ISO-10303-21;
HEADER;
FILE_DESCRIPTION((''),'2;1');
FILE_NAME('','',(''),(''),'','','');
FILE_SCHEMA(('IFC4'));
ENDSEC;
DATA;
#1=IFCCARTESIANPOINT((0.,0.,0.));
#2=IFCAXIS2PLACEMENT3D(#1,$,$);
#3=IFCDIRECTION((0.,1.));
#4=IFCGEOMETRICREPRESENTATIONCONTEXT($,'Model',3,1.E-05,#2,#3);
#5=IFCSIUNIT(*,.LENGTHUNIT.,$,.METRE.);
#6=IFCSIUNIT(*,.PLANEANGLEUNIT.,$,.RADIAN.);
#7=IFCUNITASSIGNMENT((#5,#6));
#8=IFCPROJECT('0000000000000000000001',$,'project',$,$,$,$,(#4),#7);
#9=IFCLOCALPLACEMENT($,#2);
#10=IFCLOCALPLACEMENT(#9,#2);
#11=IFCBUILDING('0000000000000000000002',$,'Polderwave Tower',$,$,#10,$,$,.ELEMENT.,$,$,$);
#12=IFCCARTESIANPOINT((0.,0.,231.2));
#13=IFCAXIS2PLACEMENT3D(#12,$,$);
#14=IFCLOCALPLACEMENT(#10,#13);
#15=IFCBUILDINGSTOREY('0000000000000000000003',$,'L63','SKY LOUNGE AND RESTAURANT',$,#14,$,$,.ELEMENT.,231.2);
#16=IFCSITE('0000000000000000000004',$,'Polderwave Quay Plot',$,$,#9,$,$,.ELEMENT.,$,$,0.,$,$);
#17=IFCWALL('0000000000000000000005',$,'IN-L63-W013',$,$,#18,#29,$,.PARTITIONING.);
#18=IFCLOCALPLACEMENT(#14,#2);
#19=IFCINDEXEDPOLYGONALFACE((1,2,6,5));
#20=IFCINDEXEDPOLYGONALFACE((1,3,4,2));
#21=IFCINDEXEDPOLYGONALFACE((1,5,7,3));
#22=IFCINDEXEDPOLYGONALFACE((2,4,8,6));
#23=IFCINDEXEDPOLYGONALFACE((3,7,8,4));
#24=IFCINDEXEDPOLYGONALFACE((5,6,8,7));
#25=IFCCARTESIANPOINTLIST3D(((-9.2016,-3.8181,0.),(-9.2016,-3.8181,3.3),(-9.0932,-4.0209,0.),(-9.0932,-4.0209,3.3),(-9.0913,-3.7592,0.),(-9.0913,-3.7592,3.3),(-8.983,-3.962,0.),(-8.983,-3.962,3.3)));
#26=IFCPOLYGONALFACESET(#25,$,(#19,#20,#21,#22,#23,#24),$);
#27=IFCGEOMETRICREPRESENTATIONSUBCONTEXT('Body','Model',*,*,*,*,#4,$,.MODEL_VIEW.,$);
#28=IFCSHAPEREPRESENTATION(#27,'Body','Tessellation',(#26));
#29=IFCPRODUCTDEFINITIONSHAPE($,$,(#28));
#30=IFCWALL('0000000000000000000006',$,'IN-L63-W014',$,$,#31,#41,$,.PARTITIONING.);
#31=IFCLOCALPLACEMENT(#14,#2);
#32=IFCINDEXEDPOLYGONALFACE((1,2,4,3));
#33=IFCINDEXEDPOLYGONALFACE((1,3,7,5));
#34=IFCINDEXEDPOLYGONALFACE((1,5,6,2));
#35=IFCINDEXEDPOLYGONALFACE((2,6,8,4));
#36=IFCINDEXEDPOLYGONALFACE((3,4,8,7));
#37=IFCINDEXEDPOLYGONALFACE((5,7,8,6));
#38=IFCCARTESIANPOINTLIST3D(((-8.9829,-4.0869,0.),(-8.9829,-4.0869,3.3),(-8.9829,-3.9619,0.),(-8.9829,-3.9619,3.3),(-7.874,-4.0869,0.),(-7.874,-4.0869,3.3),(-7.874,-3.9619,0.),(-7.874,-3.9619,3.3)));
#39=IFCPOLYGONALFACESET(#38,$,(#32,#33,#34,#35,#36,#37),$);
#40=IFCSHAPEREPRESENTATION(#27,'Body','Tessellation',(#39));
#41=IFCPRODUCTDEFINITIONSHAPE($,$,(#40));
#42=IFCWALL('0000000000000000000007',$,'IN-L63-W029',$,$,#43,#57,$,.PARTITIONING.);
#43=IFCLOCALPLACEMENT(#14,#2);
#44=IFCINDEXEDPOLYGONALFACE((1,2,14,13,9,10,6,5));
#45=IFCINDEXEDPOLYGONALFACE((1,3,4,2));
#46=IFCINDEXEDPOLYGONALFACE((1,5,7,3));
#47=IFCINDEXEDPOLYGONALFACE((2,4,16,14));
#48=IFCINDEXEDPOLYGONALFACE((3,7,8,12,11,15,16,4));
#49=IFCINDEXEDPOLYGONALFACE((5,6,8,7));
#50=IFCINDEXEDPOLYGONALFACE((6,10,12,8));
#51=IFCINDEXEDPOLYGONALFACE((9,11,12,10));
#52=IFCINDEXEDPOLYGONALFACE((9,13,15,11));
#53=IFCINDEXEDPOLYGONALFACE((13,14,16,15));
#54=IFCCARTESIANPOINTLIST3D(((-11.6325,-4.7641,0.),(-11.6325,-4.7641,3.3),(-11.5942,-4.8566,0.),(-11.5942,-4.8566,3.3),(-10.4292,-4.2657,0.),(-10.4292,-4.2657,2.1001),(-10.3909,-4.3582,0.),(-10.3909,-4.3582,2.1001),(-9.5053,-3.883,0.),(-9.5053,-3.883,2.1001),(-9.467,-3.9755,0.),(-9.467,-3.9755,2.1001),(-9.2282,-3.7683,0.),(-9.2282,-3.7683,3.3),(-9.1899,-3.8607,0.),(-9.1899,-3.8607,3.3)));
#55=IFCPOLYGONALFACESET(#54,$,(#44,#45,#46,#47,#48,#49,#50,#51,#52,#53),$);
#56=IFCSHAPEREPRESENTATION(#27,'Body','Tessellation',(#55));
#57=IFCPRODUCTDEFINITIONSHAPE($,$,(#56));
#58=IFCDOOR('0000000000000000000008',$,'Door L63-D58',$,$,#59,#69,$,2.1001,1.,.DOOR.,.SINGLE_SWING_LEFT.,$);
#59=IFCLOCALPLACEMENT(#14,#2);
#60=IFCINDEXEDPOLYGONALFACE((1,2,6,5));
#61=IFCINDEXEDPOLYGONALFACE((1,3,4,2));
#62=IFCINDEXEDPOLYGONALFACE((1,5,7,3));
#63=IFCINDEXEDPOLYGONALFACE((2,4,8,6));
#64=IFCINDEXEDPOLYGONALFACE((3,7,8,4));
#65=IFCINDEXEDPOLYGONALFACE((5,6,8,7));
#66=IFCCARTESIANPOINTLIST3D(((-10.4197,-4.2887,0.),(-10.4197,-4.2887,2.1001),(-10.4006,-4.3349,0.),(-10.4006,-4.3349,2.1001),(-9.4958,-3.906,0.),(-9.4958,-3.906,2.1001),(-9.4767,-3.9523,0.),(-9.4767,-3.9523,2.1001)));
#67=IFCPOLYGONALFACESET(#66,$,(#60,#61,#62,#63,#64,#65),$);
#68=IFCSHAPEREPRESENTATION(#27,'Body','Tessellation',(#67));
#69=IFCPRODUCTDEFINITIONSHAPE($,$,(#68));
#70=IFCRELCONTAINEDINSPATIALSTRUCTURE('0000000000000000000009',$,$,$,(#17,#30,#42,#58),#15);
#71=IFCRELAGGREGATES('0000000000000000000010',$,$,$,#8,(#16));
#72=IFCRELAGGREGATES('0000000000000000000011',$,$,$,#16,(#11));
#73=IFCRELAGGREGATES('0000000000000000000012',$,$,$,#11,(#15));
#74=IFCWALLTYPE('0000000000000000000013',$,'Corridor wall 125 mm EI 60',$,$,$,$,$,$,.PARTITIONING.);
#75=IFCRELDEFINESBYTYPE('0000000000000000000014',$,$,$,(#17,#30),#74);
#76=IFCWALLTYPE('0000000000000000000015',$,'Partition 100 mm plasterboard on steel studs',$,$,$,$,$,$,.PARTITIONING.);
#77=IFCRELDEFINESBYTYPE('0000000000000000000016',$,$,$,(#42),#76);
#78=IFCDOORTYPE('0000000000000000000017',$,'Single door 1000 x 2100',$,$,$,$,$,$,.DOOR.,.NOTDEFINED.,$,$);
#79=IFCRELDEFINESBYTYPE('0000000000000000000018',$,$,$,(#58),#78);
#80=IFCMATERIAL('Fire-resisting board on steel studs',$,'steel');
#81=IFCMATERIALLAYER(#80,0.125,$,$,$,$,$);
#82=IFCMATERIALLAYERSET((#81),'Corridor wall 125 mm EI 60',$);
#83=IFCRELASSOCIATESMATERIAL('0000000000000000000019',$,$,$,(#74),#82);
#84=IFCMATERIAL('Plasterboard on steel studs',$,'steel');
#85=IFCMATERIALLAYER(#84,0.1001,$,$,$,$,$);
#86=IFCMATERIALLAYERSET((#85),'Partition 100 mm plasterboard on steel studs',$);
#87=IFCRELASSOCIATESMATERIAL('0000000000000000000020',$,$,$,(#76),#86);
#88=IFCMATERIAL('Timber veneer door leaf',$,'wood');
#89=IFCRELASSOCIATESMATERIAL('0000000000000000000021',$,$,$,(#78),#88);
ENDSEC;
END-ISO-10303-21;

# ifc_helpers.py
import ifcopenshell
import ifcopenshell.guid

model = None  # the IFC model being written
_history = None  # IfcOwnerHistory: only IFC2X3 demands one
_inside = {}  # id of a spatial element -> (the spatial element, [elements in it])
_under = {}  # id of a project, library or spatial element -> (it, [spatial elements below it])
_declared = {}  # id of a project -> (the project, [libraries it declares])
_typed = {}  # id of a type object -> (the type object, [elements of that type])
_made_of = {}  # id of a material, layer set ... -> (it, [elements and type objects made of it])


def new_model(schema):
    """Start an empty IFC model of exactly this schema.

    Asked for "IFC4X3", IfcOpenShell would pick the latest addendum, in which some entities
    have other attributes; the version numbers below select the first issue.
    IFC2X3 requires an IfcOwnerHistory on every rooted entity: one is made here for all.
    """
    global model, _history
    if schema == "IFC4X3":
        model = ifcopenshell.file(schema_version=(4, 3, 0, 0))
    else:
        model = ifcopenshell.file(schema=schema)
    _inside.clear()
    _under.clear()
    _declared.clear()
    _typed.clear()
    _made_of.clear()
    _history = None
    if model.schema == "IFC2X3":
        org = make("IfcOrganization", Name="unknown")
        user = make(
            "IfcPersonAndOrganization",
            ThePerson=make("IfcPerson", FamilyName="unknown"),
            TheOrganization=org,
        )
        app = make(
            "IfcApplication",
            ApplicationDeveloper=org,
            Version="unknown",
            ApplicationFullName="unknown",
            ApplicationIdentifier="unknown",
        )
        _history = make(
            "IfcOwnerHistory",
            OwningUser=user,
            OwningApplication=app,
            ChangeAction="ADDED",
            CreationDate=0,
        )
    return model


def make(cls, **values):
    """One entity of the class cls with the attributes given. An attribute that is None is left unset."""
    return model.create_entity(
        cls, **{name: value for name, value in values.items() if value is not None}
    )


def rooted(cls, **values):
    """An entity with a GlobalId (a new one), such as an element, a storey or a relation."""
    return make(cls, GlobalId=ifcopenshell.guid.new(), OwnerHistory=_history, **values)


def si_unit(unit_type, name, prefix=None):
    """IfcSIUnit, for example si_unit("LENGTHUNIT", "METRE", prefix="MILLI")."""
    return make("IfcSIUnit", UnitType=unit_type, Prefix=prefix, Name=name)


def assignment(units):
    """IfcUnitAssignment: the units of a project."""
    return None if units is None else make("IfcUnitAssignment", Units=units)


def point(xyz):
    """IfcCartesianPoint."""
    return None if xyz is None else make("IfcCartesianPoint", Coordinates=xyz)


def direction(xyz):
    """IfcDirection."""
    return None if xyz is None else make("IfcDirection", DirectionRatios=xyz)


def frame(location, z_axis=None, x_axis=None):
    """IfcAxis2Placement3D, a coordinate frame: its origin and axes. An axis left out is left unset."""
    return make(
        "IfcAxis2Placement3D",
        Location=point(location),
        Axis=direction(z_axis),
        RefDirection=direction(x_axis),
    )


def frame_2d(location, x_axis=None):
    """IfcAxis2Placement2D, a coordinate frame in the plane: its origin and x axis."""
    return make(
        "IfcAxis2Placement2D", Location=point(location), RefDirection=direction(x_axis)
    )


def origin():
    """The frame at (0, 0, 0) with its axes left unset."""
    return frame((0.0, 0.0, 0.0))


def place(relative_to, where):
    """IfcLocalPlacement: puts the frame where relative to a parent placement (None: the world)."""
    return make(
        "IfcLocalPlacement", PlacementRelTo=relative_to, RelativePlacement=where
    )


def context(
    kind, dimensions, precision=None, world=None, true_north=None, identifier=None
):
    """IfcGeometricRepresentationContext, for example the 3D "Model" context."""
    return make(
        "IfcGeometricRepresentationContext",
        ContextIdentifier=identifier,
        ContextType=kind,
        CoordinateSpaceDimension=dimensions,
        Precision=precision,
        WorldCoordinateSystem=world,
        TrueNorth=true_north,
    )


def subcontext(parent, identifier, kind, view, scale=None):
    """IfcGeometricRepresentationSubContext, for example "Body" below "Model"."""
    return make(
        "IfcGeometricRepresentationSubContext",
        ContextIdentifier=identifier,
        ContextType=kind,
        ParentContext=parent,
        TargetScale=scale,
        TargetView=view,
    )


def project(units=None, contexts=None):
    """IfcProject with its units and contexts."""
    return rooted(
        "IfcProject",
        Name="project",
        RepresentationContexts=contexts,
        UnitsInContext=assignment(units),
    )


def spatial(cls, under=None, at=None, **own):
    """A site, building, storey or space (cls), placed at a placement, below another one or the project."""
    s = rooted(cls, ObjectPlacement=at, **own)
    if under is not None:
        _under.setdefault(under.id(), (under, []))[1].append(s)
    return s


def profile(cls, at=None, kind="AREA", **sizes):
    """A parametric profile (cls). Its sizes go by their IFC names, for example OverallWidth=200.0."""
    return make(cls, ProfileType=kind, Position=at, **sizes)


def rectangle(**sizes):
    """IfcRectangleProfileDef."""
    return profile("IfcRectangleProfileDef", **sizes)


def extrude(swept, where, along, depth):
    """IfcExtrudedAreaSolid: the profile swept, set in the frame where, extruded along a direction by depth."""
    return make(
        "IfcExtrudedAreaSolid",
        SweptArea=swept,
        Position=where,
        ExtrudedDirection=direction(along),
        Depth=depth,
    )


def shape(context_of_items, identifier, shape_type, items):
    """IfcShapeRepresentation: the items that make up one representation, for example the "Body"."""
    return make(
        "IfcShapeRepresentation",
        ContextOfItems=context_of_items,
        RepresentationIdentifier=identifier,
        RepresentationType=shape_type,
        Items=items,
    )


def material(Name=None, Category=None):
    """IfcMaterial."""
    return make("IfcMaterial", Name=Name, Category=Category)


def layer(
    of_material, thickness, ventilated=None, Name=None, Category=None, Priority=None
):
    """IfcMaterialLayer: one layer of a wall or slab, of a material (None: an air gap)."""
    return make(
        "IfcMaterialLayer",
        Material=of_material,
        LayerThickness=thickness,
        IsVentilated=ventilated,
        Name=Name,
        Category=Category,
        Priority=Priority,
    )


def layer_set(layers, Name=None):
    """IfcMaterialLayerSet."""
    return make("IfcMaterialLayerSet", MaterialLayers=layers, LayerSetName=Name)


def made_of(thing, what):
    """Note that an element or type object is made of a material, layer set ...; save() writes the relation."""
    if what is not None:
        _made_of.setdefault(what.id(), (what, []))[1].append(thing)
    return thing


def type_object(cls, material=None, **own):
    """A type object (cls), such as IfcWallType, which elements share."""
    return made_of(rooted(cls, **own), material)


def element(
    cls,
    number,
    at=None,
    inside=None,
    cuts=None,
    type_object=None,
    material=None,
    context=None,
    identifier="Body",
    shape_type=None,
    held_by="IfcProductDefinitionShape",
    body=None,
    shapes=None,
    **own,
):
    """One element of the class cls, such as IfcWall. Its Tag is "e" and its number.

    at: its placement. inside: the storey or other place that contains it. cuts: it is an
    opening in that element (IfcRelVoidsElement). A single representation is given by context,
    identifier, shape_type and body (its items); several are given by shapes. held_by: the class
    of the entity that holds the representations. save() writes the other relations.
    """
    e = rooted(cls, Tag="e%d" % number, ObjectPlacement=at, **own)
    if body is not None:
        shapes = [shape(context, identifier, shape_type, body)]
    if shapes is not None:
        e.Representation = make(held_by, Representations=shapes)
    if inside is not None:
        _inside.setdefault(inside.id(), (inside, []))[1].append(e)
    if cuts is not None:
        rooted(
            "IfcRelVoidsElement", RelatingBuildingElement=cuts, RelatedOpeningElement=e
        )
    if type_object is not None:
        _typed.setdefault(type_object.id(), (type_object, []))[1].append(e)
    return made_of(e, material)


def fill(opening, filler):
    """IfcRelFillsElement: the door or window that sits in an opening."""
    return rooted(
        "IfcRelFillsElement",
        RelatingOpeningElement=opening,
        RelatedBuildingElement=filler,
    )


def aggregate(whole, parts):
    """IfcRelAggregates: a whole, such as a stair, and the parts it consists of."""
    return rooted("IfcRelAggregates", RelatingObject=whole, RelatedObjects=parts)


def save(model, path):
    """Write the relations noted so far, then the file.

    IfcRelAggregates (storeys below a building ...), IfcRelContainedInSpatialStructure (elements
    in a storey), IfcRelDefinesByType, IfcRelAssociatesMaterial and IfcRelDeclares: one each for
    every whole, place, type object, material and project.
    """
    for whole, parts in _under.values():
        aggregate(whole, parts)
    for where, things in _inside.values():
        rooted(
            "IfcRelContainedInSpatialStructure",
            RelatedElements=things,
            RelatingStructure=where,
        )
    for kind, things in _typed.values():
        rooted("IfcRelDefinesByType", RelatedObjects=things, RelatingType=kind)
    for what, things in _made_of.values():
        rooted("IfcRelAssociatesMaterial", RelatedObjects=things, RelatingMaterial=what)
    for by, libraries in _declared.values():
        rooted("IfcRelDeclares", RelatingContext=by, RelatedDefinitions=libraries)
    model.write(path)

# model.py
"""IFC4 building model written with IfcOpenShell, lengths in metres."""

from ifc_helpers import new_model, si_unit, direction, frame, frame_2d, origin, place, context, subcontext, project, spatial, rectangle, extrude, material, layer, layer_set, type_object, element, fill, save


model = new_model("IFC4")

# Units and contexts
model_context = context("Model", 3, precision=1e-05, world=origin(), true_north=direction((0.0, 1.0)))
body_context = subcontext(model_context, "Body", "Model", "MODEL_VIEW")
ifc_project = project(units=[si_unit("LENGTHUNIT", "METRE"), si_unit("PLANEANGLEUNIT", "RADIAN")], contexts=[model_context])

# Site, building, storey
site_placement = place(None, origin())
site = spatial("IfcSite", under=ifc_project, at=site_placement, Name="Polderwave Quay Plot", CompositionType="ELEMENT", RefElevation=0.0)
building_placement = place(site_placement, origin())
building = spatial("IfcBuilding", under=site, at=building_placement, Name="Polderwave Tower", CompositionType="ELEMENT")
storey_placement = place(building_placement, frame((0.0, 0.0, 231.2)))
storey = spatial("IfcBuildingStorey", under=building, at=storey_placement, Name="L63", Description="SKY LOUNGE AND RESTAURANT", CompositionType="ELEMENT", Elevation=231.2)

# Shared definitions
ifc_material_1 = material(Name="Fire-resisting board on steel studs", Category="steel")
ifc_layer_1 = layer(ifc_material_1, 0.125)
ifc_layer_set_1 = layer_set([ifc_layer_1], Name="Corridor wall 125 mm EI 60")
wall_type_1 = type_object("IfcWallType", Name="Corridor wall 125 mm EI 60", PredefinedType="PARTITIONING", material=ifc_layer_set_1)

# Walls
wall_1_placement = place(storey_placement, frame((-9.0381, -3.9915, 0.0), z_axis=(0.0, 0.0, 1.0), x_axis=(-0.471249, 0.882, 0.0)))
element("IfcWall", 1, at=wall_1_placement, inside=storey, type_object=wall_type_1, Name="IN-L63-W013", PredefinedType="PARTITIONING", context=body_context, shape_type="SweptSolid", body=[
    extrude(rectangle(XDim=0.23, YDim=0.125, at=frame_2d((0.115, 0.0))), origin(), (0.0, 0.0, 1.0), 3.3),
])
wall_2_placement = place(storey_placement, frame((-7.874, -4.0244, 0.0), z_axis=(0.0, 0.0, 1.0), x_axis=(-1.0, 0.0, 0.0)))
element("IfcWall", 2, at=wall_2_placement, inside=storey, type_object=wall_type_1, Name="IN-L63-W014", PredefinedType="PARTITIONING", context=body_context, shape_type="SweptSolid", body=[
    extrude(rectangle(XDim=1.1089, YDim=0.125, at=frame_2d((0.5544, 0.0))), origin(), (0.0, 0.0, 1.0), 3.3),
])

# Wall, opening, door
ifc_material_2 = material(Name="Plasterboard on steel studs", Category="steel")
ifc_layer_2 = layer(ifc_material_2, 0.1001)
ifc_layer_set_2 = layer_set([ifc_layer_2], Name="Partition 100 mm plasterboard on steel studs")
wall_type_2 = type_object("IfcWallType", Name="Partition 100 mm plasterboard on steel studs", PredefinedType="PARTITIONING", material=ifc_layer_set_2)
wall_3_placement = place(storey_placement, frame((-9.209, -3.8145, 0.0), z_axis=(0.0, 0.0, 1.0), x_axis=(-0.923885, -0.382669, 0.0)))
wall_3 = element("IfcWall", 3, at=wall_3_placement, inside=storey, type_object=wall_type_2, Name="IN-L63-W029", PredefinedType="PARTITIONING", context=body_context, shape_type="SweptSolid", body=[
    extrude(rectangle(XDim=2.6023, YDim=0.1001, at=frame_2d((1.3013, 0.0))), origin(), (0.0, 0.0, 1.0), 3.3),
])
opening_1_placement = place(wall_3_placement, frame((0.3, 0.0, 0.0)))
opening_1 = element("IfcOpeningElement", 4, at=opening_1_placement, cuts=wall_3, PredefinedType="OPENING", context=body_context, shape_type="SweptSolid", body=[
    extrude(rectangle(XDim=1.0, YDim=2.1001, at=frame_2d((0.5, 1.05))), frame((0.0, 0.0601, 0.0), z_axis=(0.0, -1.0, 0.0), x_axis=(1.0, 0.0, 0.0)), (0.0, 0.0, 1.0), 0.1201),
])
ifc_material_3 = material(Name="Timber veneer door leaf", Category="wood")
door_type_1 = type_object("IfcDoorType", Name="Single door 1000 x 2100", OperationType="NOTDEFINED", PredefinedType="DOOR", material=ifc_material_3)
door_1_placement = place(opening_1_placement, origin())
door_1 = element("IfcDoor", 5, at=door_1_placement, inside=storey, type_object=door_type_1, Name="Door L63-D58", OperationType="SINGLE_SWING_LEFT", OverallHeight=2.1001, OverallWidth=1.0, PredefinedType="DOOR", context=body_context, shape_type="SweptSolid", body=[
    extrude(rectangle(XDim=1.0, YDim=2.1001, at=frame_2d((0.5, 1.05))), frame((0.0, 0.0249, 0.0), z_axis=(0.0, -1.0, 0.0), x_axis=(1.0, 0.0, 0.0)), (0.0, 0.0, 1.0), 0.05),
])
fill(opening_1, door_1)

save(model, "model.ifc")
